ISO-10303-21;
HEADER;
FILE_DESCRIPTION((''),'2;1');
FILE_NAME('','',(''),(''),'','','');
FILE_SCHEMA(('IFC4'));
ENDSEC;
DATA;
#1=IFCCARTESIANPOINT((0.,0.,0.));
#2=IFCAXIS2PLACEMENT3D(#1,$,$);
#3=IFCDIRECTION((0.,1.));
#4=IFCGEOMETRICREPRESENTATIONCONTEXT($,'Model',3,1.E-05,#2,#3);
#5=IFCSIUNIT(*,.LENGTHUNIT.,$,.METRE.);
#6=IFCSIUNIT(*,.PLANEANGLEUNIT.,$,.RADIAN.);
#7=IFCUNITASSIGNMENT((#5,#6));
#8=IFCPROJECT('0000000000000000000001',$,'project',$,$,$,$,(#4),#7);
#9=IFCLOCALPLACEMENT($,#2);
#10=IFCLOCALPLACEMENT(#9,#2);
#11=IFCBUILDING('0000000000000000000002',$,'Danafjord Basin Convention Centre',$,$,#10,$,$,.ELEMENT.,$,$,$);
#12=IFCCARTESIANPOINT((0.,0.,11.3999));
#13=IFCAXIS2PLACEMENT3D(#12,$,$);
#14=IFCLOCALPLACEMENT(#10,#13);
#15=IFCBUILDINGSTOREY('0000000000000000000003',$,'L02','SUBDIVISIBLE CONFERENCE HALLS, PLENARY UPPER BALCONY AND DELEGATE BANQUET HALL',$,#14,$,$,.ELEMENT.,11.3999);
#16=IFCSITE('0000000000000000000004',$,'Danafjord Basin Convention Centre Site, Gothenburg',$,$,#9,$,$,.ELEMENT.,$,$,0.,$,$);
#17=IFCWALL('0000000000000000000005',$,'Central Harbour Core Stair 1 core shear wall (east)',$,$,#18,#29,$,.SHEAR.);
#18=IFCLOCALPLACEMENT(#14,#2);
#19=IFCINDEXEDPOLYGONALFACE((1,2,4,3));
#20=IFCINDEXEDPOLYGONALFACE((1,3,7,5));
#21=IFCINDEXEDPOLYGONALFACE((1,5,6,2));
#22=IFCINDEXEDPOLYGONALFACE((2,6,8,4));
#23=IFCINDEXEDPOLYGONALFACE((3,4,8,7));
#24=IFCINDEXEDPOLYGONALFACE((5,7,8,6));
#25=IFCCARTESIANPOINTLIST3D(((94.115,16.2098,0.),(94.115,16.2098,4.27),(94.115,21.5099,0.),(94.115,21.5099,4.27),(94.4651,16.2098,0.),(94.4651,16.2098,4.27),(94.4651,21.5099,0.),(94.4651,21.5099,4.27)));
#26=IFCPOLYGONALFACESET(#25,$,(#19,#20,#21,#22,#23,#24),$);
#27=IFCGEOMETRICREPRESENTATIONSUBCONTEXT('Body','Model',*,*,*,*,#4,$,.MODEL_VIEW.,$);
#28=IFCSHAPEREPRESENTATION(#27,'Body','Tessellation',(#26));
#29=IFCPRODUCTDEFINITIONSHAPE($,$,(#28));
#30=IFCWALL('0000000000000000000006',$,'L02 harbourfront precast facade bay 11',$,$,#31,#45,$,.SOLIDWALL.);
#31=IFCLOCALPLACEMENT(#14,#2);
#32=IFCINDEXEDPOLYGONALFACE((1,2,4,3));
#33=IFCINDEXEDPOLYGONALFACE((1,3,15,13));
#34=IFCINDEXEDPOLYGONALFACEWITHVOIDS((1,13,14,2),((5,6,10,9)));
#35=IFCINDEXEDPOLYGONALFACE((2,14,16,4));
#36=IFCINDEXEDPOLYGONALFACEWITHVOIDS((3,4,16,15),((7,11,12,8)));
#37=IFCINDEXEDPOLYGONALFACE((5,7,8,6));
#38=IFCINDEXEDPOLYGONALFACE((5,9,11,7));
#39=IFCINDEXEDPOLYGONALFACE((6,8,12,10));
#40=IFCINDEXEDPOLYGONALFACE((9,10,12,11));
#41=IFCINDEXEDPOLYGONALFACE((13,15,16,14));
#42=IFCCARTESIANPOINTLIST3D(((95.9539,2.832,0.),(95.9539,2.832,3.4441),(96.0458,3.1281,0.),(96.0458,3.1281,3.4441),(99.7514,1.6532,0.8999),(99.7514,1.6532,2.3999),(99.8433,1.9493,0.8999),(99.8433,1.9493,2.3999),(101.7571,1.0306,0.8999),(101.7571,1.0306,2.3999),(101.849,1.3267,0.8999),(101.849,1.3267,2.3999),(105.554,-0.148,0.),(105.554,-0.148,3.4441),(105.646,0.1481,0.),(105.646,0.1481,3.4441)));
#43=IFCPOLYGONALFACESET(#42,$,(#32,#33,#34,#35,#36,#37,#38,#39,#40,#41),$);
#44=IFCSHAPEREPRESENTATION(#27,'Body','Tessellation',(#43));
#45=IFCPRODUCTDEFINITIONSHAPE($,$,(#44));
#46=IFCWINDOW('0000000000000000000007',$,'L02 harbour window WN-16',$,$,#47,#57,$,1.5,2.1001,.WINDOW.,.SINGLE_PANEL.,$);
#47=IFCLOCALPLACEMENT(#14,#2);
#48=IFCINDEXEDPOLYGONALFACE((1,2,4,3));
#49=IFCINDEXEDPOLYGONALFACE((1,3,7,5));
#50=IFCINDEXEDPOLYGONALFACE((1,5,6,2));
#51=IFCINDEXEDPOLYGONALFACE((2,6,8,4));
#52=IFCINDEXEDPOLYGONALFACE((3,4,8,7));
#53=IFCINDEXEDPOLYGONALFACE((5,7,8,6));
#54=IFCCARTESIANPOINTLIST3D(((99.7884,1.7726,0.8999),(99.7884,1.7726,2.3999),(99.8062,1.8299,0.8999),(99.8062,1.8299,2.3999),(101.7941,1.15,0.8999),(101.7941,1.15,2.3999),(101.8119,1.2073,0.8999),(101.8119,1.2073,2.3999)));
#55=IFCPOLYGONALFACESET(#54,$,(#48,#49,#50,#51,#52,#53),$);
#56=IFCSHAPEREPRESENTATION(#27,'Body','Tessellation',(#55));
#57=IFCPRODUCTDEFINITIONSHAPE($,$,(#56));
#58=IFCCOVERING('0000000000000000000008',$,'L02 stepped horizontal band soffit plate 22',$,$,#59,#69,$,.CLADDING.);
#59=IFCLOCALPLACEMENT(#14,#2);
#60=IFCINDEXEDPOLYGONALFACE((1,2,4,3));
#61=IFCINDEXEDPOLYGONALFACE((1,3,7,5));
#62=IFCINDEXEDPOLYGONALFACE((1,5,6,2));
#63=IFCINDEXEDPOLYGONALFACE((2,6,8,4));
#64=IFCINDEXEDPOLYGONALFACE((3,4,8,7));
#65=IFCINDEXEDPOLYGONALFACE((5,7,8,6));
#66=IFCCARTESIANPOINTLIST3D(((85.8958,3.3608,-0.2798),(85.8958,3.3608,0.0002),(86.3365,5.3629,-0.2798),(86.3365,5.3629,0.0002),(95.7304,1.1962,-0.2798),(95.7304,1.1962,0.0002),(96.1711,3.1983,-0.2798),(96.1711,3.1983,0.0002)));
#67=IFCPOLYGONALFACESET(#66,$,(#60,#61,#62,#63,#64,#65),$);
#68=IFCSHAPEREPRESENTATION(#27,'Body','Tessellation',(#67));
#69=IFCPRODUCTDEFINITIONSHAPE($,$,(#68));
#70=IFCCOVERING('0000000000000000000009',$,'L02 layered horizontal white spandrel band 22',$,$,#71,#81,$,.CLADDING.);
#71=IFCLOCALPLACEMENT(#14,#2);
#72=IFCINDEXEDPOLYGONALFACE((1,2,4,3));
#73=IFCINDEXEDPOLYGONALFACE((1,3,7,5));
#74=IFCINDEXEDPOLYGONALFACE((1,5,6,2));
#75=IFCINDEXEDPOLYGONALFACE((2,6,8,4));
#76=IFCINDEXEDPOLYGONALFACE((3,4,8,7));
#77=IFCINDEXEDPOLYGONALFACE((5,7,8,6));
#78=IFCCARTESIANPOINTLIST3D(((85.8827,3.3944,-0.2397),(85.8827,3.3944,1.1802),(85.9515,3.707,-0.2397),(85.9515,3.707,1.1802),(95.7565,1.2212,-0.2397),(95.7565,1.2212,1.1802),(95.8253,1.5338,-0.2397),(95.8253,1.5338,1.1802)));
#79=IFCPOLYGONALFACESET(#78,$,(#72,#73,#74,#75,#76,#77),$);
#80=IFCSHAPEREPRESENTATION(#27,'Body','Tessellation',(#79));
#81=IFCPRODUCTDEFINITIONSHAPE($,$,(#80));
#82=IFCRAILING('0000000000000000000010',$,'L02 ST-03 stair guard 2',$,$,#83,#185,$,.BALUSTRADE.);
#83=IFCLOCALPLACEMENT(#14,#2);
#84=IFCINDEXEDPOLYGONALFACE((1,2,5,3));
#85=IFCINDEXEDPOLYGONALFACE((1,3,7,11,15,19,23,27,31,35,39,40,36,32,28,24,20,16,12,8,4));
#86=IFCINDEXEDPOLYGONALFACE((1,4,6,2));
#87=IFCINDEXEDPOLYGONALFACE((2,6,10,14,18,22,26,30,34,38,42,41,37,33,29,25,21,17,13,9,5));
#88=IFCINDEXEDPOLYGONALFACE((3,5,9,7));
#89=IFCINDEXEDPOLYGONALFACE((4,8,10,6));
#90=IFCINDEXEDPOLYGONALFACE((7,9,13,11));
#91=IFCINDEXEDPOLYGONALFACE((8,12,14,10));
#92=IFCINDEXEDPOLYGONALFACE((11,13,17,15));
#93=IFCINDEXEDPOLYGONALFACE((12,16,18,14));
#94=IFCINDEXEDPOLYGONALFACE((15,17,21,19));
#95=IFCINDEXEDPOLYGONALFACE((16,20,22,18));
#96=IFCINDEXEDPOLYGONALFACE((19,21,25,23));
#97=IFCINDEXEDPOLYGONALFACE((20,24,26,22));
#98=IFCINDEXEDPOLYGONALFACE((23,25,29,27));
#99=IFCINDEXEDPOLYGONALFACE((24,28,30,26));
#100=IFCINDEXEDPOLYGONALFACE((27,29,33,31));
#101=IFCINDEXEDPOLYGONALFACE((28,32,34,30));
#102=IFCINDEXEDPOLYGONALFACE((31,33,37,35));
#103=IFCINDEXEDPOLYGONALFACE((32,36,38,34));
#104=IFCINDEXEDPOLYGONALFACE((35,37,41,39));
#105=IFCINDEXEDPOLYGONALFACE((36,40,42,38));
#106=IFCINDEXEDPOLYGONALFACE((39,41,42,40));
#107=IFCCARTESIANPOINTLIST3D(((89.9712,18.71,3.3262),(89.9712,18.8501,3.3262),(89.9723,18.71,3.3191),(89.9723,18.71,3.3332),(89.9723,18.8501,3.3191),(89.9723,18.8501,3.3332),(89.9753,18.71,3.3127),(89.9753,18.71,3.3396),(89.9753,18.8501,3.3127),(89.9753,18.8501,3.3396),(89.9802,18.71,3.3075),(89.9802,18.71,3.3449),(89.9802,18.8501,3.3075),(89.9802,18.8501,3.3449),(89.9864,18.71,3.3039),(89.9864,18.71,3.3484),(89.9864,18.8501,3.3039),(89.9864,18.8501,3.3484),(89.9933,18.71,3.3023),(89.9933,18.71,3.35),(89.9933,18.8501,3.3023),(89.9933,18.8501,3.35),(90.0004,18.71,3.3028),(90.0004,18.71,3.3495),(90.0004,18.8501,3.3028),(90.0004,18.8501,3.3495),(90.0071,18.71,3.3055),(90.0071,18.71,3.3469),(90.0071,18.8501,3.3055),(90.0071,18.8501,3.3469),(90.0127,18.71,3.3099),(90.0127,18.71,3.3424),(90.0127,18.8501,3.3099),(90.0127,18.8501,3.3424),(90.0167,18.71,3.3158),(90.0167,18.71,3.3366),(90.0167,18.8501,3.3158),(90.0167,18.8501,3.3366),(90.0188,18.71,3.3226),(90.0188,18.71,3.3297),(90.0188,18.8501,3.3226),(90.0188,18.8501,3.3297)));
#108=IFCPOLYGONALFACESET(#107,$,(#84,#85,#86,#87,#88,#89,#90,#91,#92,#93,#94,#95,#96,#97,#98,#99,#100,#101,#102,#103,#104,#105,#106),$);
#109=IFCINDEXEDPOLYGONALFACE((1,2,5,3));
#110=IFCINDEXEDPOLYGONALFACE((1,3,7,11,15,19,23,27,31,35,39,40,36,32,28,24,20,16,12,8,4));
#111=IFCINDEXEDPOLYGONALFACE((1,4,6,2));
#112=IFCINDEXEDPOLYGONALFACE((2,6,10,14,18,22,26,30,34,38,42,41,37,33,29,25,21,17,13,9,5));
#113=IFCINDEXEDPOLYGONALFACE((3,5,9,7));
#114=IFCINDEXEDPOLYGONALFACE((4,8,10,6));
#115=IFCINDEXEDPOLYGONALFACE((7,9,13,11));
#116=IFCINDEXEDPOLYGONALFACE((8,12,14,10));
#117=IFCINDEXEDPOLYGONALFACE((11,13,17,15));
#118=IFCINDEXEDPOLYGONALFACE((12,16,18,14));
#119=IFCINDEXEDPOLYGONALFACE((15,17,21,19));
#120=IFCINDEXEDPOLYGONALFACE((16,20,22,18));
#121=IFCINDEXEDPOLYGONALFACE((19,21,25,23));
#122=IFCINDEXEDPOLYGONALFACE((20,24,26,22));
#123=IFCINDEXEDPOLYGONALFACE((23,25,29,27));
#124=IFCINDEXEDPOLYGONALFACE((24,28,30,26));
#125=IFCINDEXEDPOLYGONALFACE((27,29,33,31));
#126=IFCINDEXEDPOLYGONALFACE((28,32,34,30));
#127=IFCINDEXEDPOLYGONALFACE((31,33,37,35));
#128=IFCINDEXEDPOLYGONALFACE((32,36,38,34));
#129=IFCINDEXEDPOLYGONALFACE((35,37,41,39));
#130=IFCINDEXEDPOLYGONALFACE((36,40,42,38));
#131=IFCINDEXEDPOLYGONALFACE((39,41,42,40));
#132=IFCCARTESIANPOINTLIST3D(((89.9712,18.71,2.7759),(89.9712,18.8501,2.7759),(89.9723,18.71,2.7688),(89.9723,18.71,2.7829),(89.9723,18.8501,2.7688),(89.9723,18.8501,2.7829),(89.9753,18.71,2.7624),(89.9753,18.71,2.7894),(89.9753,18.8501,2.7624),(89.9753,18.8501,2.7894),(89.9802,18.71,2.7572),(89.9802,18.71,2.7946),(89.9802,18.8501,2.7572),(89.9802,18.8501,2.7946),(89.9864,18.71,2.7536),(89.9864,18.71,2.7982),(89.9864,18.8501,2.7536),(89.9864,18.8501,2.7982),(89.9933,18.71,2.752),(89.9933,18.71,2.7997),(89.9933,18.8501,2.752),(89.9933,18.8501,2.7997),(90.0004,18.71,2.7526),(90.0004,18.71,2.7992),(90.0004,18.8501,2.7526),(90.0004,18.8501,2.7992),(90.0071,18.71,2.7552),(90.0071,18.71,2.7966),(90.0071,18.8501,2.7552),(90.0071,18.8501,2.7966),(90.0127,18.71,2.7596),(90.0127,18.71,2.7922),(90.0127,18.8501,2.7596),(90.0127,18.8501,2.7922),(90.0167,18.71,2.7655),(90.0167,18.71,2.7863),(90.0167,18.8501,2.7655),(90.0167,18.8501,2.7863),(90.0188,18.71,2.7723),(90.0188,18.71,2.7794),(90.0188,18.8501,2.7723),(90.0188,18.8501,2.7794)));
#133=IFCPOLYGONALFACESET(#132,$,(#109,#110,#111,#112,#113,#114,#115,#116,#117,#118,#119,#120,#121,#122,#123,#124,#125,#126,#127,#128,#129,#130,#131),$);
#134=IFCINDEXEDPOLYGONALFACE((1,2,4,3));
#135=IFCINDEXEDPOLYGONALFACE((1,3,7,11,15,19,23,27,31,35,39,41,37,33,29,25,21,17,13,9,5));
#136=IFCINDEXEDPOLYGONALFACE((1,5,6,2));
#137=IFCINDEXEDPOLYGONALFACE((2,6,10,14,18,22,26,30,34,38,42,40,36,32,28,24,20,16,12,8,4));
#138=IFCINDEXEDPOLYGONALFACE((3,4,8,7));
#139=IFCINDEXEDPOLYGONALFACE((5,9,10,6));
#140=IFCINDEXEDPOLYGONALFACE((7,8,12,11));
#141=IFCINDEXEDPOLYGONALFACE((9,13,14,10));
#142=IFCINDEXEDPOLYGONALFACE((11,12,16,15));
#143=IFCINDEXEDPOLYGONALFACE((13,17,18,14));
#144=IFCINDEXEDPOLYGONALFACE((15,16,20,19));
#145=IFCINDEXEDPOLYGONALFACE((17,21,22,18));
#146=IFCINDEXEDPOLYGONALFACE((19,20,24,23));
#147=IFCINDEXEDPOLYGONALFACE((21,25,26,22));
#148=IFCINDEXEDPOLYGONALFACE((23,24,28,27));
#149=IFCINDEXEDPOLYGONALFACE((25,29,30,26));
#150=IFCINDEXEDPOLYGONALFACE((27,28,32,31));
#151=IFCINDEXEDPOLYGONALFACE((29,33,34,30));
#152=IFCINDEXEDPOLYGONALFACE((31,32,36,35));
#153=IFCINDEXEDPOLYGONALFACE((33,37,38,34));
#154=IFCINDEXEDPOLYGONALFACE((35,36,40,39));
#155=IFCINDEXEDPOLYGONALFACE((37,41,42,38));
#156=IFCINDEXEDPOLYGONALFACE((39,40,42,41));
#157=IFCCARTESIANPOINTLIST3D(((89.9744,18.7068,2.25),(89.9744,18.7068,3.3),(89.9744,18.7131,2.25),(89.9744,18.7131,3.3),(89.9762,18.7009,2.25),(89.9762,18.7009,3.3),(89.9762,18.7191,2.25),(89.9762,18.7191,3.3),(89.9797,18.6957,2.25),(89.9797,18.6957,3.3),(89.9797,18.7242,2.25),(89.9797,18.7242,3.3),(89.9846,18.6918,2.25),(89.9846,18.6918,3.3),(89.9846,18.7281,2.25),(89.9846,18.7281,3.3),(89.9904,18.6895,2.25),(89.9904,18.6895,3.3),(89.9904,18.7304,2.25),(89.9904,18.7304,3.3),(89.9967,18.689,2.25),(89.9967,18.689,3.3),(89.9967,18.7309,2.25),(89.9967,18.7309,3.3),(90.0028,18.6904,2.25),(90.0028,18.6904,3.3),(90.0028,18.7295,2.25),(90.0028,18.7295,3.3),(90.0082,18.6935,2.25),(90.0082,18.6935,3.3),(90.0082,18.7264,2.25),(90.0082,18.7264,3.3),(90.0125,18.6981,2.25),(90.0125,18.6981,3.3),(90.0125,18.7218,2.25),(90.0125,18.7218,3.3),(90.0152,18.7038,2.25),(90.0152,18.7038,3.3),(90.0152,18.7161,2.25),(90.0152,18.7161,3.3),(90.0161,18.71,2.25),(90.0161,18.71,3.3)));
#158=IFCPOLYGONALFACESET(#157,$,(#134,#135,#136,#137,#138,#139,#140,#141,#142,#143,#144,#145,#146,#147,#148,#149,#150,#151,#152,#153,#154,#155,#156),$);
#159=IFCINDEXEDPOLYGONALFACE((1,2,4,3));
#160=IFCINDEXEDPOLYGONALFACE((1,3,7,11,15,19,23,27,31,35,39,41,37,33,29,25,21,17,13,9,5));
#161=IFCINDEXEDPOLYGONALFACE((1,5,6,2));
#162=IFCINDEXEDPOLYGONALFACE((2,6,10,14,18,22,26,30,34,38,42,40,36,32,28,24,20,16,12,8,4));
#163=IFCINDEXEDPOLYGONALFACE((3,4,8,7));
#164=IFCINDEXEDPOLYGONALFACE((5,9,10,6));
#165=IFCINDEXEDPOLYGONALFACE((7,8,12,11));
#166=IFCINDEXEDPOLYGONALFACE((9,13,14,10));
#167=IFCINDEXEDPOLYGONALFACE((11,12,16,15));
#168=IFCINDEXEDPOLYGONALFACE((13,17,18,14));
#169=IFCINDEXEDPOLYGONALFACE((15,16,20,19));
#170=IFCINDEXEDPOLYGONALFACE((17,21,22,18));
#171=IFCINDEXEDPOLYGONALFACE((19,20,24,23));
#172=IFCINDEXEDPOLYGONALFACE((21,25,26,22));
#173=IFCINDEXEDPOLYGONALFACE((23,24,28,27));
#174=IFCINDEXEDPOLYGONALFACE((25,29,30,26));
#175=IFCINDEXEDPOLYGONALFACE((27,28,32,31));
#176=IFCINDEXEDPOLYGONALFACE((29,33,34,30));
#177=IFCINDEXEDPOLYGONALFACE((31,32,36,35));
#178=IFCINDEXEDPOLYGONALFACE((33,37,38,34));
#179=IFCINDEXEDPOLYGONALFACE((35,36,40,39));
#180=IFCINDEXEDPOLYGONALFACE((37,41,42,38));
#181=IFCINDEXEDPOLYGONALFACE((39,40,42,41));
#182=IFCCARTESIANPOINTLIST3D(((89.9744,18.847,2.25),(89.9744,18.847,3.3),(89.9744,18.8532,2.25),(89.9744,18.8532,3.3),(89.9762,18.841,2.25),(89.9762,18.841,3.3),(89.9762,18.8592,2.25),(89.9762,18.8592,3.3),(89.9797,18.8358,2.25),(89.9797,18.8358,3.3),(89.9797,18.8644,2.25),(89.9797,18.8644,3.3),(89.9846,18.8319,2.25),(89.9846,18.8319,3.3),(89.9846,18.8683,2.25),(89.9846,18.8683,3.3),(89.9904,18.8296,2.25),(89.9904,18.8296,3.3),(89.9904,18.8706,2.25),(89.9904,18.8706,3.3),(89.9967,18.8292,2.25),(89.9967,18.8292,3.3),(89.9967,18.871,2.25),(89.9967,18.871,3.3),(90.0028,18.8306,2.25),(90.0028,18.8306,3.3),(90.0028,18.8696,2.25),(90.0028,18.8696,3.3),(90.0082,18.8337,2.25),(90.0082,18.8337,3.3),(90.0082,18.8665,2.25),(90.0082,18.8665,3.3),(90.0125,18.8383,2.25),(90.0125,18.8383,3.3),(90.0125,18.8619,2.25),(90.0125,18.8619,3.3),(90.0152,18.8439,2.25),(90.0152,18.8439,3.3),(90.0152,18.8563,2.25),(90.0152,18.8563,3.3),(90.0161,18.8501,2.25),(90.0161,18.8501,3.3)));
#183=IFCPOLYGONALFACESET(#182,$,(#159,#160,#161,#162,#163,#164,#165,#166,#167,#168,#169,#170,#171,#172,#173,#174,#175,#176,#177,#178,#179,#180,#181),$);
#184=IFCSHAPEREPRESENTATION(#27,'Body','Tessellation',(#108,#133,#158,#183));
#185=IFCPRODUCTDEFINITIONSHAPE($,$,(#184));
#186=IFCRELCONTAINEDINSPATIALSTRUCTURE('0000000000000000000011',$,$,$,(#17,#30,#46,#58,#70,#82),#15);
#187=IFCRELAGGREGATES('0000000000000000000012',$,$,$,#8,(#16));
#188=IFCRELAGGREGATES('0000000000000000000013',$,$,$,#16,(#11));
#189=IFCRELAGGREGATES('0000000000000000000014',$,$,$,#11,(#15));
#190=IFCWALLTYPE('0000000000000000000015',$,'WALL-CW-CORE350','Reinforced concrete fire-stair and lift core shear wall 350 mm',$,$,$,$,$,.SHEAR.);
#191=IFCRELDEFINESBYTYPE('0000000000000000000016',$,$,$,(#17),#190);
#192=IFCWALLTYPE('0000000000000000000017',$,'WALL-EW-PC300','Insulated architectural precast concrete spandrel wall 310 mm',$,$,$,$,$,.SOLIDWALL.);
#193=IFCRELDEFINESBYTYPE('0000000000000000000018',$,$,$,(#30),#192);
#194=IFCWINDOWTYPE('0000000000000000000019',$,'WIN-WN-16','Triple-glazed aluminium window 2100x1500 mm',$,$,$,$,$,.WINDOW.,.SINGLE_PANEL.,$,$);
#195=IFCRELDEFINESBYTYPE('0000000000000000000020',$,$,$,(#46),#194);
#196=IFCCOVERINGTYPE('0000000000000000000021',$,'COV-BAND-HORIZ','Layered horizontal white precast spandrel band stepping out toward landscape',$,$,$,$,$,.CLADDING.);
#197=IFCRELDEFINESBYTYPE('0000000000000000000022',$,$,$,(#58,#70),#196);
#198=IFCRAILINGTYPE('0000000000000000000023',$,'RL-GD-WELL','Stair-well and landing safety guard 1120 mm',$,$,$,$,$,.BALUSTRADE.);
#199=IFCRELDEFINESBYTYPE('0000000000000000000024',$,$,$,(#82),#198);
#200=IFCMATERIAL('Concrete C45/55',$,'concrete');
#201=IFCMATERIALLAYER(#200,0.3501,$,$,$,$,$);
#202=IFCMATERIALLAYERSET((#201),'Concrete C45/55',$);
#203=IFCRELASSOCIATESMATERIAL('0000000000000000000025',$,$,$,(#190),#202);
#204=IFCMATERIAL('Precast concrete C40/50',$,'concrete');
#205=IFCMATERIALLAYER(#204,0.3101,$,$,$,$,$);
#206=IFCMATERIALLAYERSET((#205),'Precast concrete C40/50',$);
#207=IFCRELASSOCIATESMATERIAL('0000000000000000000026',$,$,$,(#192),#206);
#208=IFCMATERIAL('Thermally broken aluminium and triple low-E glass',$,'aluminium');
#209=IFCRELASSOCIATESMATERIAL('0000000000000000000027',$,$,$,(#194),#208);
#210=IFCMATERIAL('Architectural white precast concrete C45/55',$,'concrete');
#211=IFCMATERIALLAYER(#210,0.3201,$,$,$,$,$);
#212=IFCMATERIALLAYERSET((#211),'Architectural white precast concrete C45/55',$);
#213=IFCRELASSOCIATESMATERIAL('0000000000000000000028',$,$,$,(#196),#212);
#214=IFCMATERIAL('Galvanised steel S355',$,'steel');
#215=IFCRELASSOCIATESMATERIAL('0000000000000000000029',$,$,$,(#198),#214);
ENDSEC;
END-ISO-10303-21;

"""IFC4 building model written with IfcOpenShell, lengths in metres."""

from ifc_helpers import new_model, si_unit, direction, frame, frame_2d, origin, origin_2d, place, context, subcontext, project, spatial, rectangle, circle, extrude, material, layer, layer_set, type_object, element, fill, save


model = new_model("IFC4")

# Units and contexts
model_context = context("Model", 3, precision=1e-05, world=origin(), true_north=direction((0.0, 1.0)))
body_context = subcontext(model_context, "Body", "Model", "MODEL_VIEW")
ifc_project = project(units=[si_unit("LENGTHUNIT", "METRE"), si_unit("PLANEANGLEUNIT", "RADIAN")], contexts=[model_context])

# Site, building, storey
site_placement = place(None, origin())
site = spatial("IfcSite", under=ifc_project, at=site_placement, Name="Danafjord Basin Convention Centre Site, Gothenburg", CompositionType="ELEMENT", RefElevation=0.0)
building_placement = place(site_placement, origin())
building = spatial("IfcBuilding", under=site, at=building_placement, Name="Danafjord Basin Convention Centre", CompositionType="ELEMENT")
storey_placement = place(building_placement, frame((0.0, 0.0, 11.3999)))
storey = spatial("IfcBuildingStorey", under=building, at=storey_placement, Name="L02", Description="SUBDIVISIBLE CONFERENCE HALLS, PLENARY UPPER BALCONY AND DELEGATE BANQUET HALL", CompositionType="ELEMENT", Elevation=11.3999)

# Wall
ifc_material_1 = material(Name="Concrete C45/55", Category="concrete")
ifc_layer_1 = layer(ifc_material_1, 0.3501)
ifc_layer_set_1 = layer_set([ifc_layer_1], Name="Concrete C45/55")
wall_type_1 = type_object("IfcWallType", Name="WALL-CW-CORE350", Description="Reinforced concrete fire-stair and lift core shear wall 350 mm", PredefinedType="SHEAR", material=ifc_layer_set_1)
wall_1_placement = place(storey_placement, frame((94.29, 16.21, 0.0), z_axis=(0.0, 0.0, 1.0), x_axis=(0.0, 1.0, 0.0)))
element("IfcWall", 1, at=wall_1_placement, inside=storey, type_object=wall_type_1, Name="Central Harbour Core Stair 1 core shear wall (east)", PredefinedType="SHEAR", context=body_context, shape_type="SweptSolid", body=[
    extrude(rectangle(XDim=5.3, YDim=0.3501, at=frame_2d((2.6499, 0.0))), origin(), (0.0, 0.0, 1.0), 4.27),
])

# Wall, opening, window
ifc_material_2 = material(Name="Precast concrete C40/50", Category="concrete")
ifc_layer_2 = layer(ifc_material_2, 0.3101)
ifc_layer_set_2 = layer_set([ifc_layer_2], Name="Precast concrete C40/50")
wall_type_2 = type_object("IfcWallType", Name="WALL-EW-PC300", Description="Insulated architectural precast concrete spandrel wall 310 mm", PredefinedType="SOLIDWALL", material=ifc_layer_set_2)
wall_2_placement = place(storey_placement, frame((96.0, 2.98, 0.0), z_axis=(0.0, 0.0, 1.0), x_axis=(0.955046, -0.296457, 0.0)))
wall_2 = element("IfcWall", 2, at=wall_2_placement, inside=storey, type_object=wall_type_2, Name="L02 harbourfront precast facade bay 11", PredefinedType="SOLIDWALL", context=body_context, shape_type="SweptSolid", body=[
    extrude(rectangle(XDim=10.052, YDim=0.3101, at=frame_2d((5.0259, 0.0))), origin(), (0.0, 0.0, 1.0), 3.4441),
])
opening_placement = place(wall_2_placement, frame((3.9761, 0.0, 0.8999)))
opening = element("IfcOpeningElement", 3, at=opening_placement, cuts=wall_2, PredefinedType="OPENING", context=body_context, shape_type="SweptSolid", body=[
    extrude(rectangle(XDim=2.1001, YDim=1.5, at=frame_2d((1.05, 0.75))), frame((0.0, 0.165, 0.0), z_axis=(0.0, -1.0, 0.0), x_axis=(1.0, 0.0, 0.0)), (0.0, 0.0, 1.0), 0.3301),
])
ifc_material_3 = material(Name="Thermally broken aluminium and triple low-E glass", Category="aluminium")
window_type = type_object("IfcWindowType", Name="WIN-WN-16", Description="Triple-glazed aluminium window 2100x1500 mm", PartitioningType="SINGLE_PANEL", PredefinedType="WINDOW", material=ifc_material_3)
window_placement = place(opening_placement, origin())
window = element("IfcWindow", 4, at=window_placement, inside=storey, type_object=window_type, Name="L02 harbour window WN-16", OverallHeight=1.5, OverallWidth=2.1001, PartitioningType="SINGLE_PANEL", PredefinedType="WINDOW", context=body_context, shape_type="SweptSolid", body=[
    extrude(rectangle(XDim=2.1001, YDim=1.5, at=frame_2d((1.05, 0.75))), frame((0.0, 0.03, 0.0), z_axis=(0.0, -1.0, 0.0), x_axis=(1.0, 0.0, 0.0)), (0.0, 0.0, 1.0), 0.0601),
])
fill(opening, window)

# Coverings
ifc_material_4 = material(Name="Architectural white precast concrete C45/55", Category="concrete")
ifc_layer_3 = layer(ifc_material_4, 0.3201)
ifc_layer_set_3 = layer_set([ifc_layer_3], Name="Architectural white precast concrete C45/55")
covering_type = type_object("IfcCoveringType", Name="COV-BAND-HORIZ", Description="Layered horizontal white precast spandrel band stepping out toward landscape", PredefinedType="CLADDING", material=ifc_layer_set_3)
covering_1_placement = place(storey_placement, frame((91.0334, 3.2795, -0.2798), z_axis=(0.0, 0.0, 1.0), x_axis=(0.976623, -0.214959, 0.0)))
element("IfcCovering", 5, at=covering_1_placement, inside=storey, type_object=covering_type, Name="L02 stepped horizontal band soffit plate 22", PredefinedType="CLADDING", context=body_context, shape_type="SweptSolid", body=[
    extrude(rectangle(XDim=10.0701, YDim=2.05, at=origin_2d()), origin(), (0.0, 0.0, 1.0), 0.28),
])
covering_2_placement = place(storey_placement, frame((90.854, 2.4641, -0.2397), z_axis=(0.0, 0.0, 1.0), x_axis=(0.976623, -0.214959, 0.0)))
element("IfcCovering", 6, at=covering_2_placement, inside=storey, type_object=covering_type, Name="L02 layered horizontal white spandrel band 22", PredefinedType="CLADDING", context=body_context, shape_type="SweptSolid", body=[
    extrude(rectangle(XDim=10.1101, YDim=0.3201, at=origin_2d()), origin(), (0.0, 0.0, 1.0), 1.4199),
])

# Railing
ifc_material_5 = material(Name="Galvanised steel S355", Category="steel")
railing_type = type_object("IfcRailingType", Name="RL-GD-WELL", Description="Stair-well and landing safety guard 1120 mm", PredefinedType="BALUSTRADE", material=ifc_material_5)
railing_1_placement = place(storey_placement, frame((89.9951, 18.71, 2.25)))
element("IfcRailing", 7, at=railing_1_placement, inside=storey, type_object=railing_type, Name="L02 ST-03 stair guard 2", PredefinedType="BALUSTRADE", context=body_context, shape_type="SweptSolid", body=[
    extrude(circle(Radius=0.0239, at=origin_2d()), frame((0.0, 0.0, 1.0762), z_axis=(0.0, 1.0, 0.0), x_axis=(-1.0, 0.0, 0.0)), (0.0, 0.0, 1.0), 0.1401),
    extrude(circle(Radius=0.0239, at=origin_2d()), frame((0.0, 0.0, 0.5259), z_axis=(0.0, 1.0, 0.0), x_axis=(-1.0, 0.0, 0.0)), (0.0, 0.0, 1.0), 0.1401),
    extrude(circle(Radius=0.021, at=origin_2d()), origin(), (0.0, 0.0, 1.0), 1.05),
    extrude(circle(Radius=0.021, at=origin_2d()), frame((0.0, 0.1401, 0.0)), (0.0, 0.0, 1.0), 1.05),
])

save(model, "model.ifc")
